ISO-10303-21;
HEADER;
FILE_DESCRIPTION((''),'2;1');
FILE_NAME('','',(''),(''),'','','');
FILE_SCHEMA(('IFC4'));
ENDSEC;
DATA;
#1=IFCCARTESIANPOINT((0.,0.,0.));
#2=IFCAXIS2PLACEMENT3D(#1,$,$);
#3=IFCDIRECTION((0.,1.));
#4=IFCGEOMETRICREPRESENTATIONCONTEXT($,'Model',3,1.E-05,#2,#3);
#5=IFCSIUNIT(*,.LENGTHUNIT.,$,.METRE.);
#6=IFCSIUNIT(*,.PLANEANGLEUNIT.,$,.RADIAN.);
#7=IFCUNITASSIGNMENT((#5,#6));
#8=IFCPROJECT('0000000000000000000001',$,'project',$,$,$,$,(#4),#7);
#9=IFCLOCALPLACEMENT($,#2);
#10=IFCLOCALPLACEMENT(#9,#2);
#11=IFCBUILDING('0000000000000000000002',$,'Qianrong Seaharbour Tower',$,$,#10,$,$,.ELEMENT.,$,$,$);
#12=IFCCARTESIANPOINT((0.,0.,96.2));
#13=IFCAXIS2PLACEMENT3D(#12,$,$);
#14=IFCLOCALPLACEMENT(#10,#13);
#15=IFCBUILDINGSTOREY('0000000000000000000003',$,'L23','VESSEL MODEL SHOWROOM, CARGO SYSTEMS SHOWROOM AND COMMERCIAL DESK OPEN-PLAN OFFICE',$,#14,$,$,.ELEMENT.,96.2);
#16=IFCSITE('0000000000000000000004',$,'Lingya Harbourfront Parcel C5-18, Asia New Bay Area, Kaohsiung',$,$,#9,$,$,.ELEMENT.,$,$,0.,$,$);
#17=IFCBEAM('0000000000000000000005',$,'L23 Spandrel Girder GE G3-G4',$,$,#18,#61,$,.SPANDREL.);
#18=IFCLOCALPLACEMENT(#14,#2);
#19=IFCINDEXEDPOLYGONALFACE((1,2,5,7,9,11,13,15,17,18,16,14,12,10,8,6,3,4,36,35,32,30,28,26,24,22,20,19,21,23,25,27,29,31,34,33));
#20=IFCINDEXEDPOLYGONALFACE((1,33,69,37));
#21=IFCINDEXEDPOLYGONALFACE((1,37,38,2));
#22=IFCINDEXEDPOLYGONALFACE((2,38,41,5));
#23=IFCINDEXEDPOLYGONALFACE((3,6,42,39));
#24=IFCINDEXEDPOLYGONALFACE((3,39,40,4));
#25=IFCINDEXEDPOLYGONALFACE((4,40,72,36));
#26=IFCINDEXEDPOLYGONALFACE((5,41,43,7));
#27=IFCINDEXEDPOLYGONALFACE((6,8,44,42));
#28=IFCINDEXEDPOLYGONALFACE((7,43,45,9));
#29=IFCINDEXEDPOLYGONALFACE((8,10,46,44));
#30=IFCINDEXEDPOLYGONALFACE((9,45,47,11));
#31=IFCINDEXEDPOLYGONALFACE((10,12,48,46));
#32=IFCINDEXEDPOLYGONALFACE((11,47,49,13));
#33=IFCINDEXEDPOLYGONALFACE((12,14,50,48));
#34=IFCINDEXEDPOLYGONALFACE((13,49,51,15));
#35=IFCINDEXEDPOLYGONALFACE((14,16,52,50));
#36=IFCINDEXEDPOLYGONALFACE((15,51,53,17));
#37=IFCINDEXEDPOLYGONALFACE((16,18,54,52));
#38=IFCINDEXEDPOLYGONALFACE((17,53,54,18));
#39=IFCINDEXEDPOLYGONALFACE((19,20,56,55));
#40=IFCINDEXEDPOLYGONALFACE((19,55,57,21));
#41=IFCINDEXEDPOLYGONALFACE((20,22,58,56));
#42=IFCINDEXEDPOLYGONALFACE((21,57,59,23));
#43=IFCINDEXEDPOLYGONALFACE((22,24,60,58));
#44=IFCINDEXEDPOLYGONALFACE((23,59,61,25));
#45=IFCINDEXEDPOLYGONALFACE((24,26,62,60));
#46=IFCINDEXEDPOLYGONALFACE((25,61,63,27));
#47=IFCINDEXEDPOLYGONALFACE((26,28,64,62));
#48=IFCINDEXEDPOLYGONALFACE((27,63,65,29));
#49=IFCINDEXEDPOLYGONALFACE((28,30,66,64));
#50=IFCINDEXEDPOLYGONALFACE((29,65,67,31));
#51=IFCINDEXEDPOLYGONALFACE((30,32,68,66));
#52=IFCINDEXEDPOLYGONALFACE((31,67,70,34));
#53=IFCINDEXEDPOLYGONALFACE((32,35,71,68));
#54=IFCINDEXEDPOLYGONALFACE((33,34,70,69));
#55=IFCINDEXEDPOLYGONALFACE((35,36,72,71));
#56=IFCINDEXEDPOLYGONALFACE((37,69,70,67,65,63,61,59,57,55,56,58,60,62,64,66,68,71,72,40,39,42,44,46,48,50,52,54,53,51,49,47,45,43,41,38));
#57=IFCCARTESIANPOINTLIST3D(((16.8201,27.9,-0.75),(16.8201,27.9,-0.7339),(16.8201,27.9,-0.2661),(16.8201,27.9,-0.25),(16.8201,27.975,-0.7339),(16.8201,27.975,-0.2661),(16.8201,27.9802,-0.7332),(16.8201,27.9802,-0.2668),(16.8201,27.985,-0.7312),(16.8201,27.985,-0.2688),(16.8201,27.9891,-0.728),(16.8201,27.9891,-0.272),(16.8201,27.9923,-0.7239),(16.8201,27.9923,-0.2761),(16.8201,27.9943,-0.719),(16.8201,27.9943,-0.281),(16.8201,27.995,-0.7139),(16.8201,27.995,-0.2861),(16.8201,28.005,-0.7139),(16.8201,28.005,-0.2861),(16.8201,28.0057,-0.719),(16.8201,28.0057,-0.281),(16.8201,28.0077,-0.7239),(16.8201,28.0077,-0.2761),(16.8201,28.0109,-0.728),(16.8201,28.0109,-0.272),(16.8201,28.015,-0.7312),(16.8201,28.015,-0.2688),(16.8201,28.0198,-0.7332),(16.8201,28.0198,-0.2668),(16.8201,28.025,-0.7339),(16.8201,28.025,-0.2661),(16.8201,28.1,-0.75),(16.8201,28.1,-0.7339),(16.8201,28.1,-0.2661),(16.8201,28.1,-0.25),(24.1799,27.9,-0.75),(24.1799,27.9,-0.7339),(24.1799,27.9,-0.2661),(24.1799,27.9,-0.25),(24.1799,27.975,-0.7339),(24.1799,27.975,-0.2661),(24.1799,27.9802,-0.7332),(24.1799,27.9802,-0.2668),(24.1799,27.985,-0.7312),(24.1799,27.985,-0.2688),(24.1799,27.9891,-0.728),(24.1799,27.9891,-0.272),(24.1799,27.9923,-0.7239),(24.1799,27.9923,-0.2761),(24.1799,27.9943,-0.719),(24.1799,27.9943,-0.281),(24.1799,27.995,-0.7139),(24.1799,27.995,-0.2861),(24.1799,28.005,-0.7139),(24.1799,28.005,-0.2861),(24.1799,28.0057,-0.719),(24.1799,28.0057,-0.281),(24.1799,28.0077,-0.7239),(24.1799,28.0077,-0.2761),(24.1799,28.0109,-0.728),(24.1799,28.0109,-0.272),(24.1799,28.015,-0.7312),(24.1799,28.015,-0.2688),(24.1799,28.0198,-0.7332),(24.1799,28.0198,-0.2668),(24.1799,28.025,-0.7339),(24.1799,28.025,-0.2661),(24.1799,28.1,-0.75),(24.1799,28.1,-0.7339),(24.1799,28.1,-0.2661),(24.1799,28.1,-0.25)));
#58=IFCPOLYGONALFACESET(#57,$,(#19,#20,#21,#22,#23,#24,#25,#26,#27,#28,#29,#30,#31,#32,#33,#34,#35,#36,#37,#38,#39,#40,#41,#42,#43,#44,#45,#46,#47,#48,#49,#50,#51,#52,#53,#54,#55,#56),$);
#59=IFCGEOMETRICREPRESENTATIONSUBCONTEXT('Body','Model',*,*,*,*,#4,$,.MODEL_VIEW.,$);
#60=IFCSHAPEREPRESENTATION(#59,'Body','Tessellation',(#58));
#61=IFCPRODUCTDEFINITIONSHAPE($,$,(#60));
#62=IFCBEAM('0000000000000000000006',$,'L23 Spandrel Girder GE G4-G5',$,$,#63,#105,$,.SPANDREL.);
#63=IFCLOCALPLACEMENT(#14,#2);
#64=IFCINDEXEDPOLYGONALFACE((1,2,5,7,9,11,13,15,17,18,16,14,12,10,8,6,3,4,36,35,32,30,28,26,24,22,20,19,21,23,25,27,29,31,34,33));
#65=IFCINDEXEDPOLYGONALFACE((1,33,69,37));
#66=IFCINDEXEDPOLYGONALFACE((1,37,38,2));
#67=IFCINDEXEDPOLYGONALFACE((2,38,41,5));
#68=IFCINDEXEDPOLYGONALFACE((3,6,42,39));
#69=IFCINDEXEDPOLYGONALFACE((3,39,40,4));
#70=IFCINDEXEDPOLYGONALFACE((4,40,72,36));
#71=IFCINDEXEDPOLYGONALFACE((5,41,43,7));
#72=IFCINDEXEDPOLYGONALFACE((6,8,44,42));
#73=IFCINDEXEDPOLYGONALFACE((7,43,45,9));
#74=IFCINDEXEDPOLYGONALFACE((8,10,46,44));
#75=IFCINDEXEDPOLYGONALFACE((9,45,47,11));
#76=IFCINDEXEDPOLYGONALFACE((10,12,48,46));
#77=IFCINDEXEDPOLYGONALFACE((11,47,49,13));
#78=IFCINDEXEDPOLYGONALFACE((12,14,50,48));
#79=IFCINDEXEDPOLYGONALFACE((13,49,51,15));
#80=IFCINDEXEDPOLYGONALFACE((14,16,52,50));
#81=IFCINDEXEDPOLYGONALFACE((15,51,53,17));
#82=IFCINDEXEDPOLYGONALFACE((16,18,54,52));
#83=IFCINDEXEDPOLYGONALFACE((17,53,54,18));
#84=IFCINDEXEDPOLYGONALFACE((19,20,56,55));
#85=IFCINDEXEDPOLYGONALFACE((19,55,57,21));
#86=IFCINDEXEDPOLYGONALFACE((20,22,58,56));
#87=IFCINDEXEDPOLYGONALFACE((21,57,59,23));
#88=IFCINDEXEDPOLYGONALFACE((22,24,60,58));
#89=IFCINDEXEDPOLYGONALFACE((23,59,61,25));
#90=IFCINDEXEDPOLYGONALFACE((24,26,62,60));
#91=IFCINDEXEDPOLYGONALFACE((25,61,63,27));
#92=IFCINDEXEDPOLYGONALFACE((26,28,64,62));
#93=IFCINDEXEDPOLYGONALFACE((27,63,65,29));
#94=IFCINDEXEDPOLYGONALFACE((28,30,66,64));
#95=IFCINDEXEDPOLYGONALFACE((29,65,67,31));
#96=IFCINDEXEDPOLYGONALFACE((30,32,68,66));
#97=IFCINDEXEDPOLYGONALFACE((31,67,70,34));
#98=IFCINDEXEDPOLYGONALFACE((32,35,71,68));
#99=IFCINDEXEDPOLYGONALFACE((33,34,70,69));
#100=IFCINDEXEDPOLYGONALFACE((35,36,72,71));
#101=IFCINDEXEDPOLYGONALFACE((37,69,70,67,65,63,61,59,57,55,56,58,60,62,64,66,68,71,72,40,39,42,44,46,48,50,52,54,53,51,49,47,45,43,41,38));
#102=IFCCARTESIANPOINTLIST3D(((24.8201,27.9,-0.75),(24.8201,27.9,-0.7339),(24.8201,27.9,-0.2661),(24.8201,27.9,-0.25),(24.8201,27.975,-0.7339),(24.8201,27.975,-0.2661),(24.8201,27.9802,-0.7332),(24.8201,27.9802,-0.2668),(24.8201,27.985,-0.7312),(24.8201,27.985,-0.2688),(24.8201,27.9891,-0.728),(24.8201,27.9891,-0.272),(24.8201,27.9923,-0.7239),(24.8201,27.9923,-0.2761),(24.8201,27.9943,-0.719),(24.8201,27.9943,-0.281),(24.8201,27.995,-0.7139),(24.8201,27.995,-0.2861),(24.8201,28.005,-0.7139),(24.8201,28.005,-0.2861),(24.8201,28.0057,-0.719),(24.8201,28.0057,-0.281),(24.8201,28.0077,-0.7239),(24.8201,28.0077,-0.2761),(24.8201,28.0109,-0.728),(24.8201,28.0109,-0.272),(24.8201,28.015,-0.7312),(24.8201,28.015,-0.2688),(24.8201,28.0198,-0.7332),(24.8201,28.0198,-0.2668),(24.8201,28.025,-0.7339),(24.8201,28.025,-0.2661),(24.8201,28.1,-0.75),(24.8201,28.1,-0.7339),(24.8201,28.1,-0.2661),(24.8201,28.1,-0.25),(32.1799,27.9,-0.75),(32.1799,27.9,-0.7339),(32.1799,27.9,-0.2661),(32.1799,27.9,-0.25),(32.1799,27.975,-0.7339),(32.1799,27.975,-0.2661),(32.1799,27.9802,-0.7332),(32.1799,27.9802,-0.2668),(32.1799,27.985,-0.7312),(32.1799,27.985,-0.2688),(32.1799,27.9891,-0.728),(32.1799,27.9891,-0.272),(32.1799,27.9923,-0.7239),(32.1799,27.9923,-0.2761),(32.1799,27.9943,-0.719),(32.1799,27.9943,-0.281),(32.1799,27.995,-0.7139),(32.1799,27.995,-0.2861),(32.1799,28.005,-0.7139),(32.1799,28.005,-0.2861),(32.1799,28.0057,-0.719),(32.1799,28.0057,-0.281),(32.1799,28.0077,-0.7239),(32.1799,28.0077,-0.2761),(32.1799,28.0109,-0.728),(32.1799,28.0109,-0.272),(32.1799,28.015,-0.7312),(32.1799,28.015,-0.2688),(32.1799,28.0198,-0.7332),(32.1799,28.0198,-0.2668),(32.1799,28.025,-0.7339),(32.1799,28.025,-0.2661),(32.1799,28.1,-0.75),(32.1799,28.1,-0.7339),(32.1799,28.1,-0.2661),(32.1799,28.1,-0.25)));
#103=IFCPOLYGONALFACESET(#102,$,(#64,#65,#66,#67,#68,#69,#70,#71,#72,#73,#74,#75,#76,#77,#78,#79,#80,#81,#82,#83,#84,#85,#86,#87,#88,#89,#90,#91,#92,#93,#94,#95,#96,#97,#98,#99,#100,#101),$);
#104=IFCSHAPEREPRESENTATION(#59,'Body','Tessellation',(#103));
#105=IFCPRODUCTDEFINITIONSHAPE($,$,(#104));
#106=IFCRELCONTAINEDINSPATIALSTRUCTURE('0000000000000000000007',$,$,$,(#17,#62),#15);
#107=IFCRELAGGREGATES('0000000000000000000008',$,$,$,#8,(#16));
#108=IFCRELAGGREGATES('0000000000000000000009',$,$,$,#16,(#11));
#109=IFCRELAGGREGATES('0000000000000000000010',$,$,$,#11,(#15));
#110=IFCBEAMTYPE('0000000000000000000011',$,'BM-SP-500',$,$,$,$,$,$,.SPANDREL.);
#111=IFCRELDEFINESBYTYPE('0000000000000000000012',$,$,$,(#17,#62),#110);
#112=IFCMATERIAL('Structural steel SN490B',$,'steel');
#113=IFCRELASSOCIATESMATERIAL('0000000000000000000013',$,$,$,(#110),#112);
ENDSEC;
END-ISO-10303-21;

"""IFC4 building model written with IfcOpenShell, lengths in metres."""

from ifc_helpers import new_model, si_unit, direction, frame, origin, origin_2d, place, context, subcontext, project, spatial, i_section, extrude, material, material_profile, profile_set, type_object, element, save


model = new_model("IFC4")

# Units and contexts
model_context = context("Model", 3, precision=1e-05, world=origin(), true_north=direction((0.0, 1.0)))
body_context = subcontext(model_context, "Body", "Model", "MODEL_VIEW")
ifc_project = project(units=[si_unit("LENGTHUNIT", "METRE"), si_unit("PLANEANGLEUNIT", "RADIAN")], contexts=[model_context])

# Site, building, storey
site_placement = place(None, origin())
site = spatial("IfcSite", under=ifc_project, at=site_placement, Name="Lingya Harbourfront Parcel C5-18, Asia New Bay Area, Kaohsiung", CompositionType="ELEMENT", RefElevation=0.0)
building_placement = place(site_placement, origin())
building = spatial("IfcBuilding", under=site, at=building_placement, Name="Qianrong Seaharbour Tower", CompositionType="ELEMENT")
storey_placement = place(building_placement, frame((0.0, 0.0, 96.2)))
storey = spatial("IfcBuildingStorey", under=building, at=storey_placement, Name="L23", Description="VESSEL MODEL SHOWROOM, CARGO SYSTEMS SHOWROOM AND COMMERCIAL DESK OPEN-PLAN OFFICE", CompositionType="ELEMENT", Elevation=96.2)

# Shared definitions
ifc_material_1 = material(Name="Structural steel SN490B", Category="steel")

# Beams
ifc_material_profile_1 = material_profile(ifc_material_1, i_section(OverallWidth=0.2, OverallDepth=0.5, WebThickness=0.01, FlangeThickness=0.0161, FilletRadius=0.02, at=origin_2d()), Name="H500x200x10x16")
ifc_profile_set_1 = profile_set([ifc_material_profile_1], Name="Structural steel SN490B")
beam_type_1 = type_object("IfcBeamType", Name="BM-SP-500", PredefinedType="SPANDREL", material=ifc_profile_set_1)
for number, where, z_axis, x_axis, name in (
    (1, (16.8201, 28.0, -0.5), (1.0, 0.0, 0.0), (0.0, 1.0, 0.0), "L23 Spandrel Girder GE G3-G4"),
    (2, (24.8201, 28.0, -0.5), (1.0, 0.0, 0.0), (0.0, 1.0, 0.0), "L23 Spandrel Girder GE G4-G5"),
):
    element("IfcBeam", number, at=place(storey_placement, frame(where, z_axis=z_axis, x_axis=x_axis)), inside=storey, type_object=beam_type_1, Name=name, PredefinedType="SPANDREL", context=body_context, shape_type="SweptSolid", body=[
        extrude(i_section(OverallWidth=0.2, OverallDepth=0.5, WebThickness=0.01, FlangeThickness=0.0161, FilletRadius=0.02, at=origin_2d()), origin(), (0.0, 0.0, 1.0), 7.3599),
    ])

save(model, "model.ifc")
